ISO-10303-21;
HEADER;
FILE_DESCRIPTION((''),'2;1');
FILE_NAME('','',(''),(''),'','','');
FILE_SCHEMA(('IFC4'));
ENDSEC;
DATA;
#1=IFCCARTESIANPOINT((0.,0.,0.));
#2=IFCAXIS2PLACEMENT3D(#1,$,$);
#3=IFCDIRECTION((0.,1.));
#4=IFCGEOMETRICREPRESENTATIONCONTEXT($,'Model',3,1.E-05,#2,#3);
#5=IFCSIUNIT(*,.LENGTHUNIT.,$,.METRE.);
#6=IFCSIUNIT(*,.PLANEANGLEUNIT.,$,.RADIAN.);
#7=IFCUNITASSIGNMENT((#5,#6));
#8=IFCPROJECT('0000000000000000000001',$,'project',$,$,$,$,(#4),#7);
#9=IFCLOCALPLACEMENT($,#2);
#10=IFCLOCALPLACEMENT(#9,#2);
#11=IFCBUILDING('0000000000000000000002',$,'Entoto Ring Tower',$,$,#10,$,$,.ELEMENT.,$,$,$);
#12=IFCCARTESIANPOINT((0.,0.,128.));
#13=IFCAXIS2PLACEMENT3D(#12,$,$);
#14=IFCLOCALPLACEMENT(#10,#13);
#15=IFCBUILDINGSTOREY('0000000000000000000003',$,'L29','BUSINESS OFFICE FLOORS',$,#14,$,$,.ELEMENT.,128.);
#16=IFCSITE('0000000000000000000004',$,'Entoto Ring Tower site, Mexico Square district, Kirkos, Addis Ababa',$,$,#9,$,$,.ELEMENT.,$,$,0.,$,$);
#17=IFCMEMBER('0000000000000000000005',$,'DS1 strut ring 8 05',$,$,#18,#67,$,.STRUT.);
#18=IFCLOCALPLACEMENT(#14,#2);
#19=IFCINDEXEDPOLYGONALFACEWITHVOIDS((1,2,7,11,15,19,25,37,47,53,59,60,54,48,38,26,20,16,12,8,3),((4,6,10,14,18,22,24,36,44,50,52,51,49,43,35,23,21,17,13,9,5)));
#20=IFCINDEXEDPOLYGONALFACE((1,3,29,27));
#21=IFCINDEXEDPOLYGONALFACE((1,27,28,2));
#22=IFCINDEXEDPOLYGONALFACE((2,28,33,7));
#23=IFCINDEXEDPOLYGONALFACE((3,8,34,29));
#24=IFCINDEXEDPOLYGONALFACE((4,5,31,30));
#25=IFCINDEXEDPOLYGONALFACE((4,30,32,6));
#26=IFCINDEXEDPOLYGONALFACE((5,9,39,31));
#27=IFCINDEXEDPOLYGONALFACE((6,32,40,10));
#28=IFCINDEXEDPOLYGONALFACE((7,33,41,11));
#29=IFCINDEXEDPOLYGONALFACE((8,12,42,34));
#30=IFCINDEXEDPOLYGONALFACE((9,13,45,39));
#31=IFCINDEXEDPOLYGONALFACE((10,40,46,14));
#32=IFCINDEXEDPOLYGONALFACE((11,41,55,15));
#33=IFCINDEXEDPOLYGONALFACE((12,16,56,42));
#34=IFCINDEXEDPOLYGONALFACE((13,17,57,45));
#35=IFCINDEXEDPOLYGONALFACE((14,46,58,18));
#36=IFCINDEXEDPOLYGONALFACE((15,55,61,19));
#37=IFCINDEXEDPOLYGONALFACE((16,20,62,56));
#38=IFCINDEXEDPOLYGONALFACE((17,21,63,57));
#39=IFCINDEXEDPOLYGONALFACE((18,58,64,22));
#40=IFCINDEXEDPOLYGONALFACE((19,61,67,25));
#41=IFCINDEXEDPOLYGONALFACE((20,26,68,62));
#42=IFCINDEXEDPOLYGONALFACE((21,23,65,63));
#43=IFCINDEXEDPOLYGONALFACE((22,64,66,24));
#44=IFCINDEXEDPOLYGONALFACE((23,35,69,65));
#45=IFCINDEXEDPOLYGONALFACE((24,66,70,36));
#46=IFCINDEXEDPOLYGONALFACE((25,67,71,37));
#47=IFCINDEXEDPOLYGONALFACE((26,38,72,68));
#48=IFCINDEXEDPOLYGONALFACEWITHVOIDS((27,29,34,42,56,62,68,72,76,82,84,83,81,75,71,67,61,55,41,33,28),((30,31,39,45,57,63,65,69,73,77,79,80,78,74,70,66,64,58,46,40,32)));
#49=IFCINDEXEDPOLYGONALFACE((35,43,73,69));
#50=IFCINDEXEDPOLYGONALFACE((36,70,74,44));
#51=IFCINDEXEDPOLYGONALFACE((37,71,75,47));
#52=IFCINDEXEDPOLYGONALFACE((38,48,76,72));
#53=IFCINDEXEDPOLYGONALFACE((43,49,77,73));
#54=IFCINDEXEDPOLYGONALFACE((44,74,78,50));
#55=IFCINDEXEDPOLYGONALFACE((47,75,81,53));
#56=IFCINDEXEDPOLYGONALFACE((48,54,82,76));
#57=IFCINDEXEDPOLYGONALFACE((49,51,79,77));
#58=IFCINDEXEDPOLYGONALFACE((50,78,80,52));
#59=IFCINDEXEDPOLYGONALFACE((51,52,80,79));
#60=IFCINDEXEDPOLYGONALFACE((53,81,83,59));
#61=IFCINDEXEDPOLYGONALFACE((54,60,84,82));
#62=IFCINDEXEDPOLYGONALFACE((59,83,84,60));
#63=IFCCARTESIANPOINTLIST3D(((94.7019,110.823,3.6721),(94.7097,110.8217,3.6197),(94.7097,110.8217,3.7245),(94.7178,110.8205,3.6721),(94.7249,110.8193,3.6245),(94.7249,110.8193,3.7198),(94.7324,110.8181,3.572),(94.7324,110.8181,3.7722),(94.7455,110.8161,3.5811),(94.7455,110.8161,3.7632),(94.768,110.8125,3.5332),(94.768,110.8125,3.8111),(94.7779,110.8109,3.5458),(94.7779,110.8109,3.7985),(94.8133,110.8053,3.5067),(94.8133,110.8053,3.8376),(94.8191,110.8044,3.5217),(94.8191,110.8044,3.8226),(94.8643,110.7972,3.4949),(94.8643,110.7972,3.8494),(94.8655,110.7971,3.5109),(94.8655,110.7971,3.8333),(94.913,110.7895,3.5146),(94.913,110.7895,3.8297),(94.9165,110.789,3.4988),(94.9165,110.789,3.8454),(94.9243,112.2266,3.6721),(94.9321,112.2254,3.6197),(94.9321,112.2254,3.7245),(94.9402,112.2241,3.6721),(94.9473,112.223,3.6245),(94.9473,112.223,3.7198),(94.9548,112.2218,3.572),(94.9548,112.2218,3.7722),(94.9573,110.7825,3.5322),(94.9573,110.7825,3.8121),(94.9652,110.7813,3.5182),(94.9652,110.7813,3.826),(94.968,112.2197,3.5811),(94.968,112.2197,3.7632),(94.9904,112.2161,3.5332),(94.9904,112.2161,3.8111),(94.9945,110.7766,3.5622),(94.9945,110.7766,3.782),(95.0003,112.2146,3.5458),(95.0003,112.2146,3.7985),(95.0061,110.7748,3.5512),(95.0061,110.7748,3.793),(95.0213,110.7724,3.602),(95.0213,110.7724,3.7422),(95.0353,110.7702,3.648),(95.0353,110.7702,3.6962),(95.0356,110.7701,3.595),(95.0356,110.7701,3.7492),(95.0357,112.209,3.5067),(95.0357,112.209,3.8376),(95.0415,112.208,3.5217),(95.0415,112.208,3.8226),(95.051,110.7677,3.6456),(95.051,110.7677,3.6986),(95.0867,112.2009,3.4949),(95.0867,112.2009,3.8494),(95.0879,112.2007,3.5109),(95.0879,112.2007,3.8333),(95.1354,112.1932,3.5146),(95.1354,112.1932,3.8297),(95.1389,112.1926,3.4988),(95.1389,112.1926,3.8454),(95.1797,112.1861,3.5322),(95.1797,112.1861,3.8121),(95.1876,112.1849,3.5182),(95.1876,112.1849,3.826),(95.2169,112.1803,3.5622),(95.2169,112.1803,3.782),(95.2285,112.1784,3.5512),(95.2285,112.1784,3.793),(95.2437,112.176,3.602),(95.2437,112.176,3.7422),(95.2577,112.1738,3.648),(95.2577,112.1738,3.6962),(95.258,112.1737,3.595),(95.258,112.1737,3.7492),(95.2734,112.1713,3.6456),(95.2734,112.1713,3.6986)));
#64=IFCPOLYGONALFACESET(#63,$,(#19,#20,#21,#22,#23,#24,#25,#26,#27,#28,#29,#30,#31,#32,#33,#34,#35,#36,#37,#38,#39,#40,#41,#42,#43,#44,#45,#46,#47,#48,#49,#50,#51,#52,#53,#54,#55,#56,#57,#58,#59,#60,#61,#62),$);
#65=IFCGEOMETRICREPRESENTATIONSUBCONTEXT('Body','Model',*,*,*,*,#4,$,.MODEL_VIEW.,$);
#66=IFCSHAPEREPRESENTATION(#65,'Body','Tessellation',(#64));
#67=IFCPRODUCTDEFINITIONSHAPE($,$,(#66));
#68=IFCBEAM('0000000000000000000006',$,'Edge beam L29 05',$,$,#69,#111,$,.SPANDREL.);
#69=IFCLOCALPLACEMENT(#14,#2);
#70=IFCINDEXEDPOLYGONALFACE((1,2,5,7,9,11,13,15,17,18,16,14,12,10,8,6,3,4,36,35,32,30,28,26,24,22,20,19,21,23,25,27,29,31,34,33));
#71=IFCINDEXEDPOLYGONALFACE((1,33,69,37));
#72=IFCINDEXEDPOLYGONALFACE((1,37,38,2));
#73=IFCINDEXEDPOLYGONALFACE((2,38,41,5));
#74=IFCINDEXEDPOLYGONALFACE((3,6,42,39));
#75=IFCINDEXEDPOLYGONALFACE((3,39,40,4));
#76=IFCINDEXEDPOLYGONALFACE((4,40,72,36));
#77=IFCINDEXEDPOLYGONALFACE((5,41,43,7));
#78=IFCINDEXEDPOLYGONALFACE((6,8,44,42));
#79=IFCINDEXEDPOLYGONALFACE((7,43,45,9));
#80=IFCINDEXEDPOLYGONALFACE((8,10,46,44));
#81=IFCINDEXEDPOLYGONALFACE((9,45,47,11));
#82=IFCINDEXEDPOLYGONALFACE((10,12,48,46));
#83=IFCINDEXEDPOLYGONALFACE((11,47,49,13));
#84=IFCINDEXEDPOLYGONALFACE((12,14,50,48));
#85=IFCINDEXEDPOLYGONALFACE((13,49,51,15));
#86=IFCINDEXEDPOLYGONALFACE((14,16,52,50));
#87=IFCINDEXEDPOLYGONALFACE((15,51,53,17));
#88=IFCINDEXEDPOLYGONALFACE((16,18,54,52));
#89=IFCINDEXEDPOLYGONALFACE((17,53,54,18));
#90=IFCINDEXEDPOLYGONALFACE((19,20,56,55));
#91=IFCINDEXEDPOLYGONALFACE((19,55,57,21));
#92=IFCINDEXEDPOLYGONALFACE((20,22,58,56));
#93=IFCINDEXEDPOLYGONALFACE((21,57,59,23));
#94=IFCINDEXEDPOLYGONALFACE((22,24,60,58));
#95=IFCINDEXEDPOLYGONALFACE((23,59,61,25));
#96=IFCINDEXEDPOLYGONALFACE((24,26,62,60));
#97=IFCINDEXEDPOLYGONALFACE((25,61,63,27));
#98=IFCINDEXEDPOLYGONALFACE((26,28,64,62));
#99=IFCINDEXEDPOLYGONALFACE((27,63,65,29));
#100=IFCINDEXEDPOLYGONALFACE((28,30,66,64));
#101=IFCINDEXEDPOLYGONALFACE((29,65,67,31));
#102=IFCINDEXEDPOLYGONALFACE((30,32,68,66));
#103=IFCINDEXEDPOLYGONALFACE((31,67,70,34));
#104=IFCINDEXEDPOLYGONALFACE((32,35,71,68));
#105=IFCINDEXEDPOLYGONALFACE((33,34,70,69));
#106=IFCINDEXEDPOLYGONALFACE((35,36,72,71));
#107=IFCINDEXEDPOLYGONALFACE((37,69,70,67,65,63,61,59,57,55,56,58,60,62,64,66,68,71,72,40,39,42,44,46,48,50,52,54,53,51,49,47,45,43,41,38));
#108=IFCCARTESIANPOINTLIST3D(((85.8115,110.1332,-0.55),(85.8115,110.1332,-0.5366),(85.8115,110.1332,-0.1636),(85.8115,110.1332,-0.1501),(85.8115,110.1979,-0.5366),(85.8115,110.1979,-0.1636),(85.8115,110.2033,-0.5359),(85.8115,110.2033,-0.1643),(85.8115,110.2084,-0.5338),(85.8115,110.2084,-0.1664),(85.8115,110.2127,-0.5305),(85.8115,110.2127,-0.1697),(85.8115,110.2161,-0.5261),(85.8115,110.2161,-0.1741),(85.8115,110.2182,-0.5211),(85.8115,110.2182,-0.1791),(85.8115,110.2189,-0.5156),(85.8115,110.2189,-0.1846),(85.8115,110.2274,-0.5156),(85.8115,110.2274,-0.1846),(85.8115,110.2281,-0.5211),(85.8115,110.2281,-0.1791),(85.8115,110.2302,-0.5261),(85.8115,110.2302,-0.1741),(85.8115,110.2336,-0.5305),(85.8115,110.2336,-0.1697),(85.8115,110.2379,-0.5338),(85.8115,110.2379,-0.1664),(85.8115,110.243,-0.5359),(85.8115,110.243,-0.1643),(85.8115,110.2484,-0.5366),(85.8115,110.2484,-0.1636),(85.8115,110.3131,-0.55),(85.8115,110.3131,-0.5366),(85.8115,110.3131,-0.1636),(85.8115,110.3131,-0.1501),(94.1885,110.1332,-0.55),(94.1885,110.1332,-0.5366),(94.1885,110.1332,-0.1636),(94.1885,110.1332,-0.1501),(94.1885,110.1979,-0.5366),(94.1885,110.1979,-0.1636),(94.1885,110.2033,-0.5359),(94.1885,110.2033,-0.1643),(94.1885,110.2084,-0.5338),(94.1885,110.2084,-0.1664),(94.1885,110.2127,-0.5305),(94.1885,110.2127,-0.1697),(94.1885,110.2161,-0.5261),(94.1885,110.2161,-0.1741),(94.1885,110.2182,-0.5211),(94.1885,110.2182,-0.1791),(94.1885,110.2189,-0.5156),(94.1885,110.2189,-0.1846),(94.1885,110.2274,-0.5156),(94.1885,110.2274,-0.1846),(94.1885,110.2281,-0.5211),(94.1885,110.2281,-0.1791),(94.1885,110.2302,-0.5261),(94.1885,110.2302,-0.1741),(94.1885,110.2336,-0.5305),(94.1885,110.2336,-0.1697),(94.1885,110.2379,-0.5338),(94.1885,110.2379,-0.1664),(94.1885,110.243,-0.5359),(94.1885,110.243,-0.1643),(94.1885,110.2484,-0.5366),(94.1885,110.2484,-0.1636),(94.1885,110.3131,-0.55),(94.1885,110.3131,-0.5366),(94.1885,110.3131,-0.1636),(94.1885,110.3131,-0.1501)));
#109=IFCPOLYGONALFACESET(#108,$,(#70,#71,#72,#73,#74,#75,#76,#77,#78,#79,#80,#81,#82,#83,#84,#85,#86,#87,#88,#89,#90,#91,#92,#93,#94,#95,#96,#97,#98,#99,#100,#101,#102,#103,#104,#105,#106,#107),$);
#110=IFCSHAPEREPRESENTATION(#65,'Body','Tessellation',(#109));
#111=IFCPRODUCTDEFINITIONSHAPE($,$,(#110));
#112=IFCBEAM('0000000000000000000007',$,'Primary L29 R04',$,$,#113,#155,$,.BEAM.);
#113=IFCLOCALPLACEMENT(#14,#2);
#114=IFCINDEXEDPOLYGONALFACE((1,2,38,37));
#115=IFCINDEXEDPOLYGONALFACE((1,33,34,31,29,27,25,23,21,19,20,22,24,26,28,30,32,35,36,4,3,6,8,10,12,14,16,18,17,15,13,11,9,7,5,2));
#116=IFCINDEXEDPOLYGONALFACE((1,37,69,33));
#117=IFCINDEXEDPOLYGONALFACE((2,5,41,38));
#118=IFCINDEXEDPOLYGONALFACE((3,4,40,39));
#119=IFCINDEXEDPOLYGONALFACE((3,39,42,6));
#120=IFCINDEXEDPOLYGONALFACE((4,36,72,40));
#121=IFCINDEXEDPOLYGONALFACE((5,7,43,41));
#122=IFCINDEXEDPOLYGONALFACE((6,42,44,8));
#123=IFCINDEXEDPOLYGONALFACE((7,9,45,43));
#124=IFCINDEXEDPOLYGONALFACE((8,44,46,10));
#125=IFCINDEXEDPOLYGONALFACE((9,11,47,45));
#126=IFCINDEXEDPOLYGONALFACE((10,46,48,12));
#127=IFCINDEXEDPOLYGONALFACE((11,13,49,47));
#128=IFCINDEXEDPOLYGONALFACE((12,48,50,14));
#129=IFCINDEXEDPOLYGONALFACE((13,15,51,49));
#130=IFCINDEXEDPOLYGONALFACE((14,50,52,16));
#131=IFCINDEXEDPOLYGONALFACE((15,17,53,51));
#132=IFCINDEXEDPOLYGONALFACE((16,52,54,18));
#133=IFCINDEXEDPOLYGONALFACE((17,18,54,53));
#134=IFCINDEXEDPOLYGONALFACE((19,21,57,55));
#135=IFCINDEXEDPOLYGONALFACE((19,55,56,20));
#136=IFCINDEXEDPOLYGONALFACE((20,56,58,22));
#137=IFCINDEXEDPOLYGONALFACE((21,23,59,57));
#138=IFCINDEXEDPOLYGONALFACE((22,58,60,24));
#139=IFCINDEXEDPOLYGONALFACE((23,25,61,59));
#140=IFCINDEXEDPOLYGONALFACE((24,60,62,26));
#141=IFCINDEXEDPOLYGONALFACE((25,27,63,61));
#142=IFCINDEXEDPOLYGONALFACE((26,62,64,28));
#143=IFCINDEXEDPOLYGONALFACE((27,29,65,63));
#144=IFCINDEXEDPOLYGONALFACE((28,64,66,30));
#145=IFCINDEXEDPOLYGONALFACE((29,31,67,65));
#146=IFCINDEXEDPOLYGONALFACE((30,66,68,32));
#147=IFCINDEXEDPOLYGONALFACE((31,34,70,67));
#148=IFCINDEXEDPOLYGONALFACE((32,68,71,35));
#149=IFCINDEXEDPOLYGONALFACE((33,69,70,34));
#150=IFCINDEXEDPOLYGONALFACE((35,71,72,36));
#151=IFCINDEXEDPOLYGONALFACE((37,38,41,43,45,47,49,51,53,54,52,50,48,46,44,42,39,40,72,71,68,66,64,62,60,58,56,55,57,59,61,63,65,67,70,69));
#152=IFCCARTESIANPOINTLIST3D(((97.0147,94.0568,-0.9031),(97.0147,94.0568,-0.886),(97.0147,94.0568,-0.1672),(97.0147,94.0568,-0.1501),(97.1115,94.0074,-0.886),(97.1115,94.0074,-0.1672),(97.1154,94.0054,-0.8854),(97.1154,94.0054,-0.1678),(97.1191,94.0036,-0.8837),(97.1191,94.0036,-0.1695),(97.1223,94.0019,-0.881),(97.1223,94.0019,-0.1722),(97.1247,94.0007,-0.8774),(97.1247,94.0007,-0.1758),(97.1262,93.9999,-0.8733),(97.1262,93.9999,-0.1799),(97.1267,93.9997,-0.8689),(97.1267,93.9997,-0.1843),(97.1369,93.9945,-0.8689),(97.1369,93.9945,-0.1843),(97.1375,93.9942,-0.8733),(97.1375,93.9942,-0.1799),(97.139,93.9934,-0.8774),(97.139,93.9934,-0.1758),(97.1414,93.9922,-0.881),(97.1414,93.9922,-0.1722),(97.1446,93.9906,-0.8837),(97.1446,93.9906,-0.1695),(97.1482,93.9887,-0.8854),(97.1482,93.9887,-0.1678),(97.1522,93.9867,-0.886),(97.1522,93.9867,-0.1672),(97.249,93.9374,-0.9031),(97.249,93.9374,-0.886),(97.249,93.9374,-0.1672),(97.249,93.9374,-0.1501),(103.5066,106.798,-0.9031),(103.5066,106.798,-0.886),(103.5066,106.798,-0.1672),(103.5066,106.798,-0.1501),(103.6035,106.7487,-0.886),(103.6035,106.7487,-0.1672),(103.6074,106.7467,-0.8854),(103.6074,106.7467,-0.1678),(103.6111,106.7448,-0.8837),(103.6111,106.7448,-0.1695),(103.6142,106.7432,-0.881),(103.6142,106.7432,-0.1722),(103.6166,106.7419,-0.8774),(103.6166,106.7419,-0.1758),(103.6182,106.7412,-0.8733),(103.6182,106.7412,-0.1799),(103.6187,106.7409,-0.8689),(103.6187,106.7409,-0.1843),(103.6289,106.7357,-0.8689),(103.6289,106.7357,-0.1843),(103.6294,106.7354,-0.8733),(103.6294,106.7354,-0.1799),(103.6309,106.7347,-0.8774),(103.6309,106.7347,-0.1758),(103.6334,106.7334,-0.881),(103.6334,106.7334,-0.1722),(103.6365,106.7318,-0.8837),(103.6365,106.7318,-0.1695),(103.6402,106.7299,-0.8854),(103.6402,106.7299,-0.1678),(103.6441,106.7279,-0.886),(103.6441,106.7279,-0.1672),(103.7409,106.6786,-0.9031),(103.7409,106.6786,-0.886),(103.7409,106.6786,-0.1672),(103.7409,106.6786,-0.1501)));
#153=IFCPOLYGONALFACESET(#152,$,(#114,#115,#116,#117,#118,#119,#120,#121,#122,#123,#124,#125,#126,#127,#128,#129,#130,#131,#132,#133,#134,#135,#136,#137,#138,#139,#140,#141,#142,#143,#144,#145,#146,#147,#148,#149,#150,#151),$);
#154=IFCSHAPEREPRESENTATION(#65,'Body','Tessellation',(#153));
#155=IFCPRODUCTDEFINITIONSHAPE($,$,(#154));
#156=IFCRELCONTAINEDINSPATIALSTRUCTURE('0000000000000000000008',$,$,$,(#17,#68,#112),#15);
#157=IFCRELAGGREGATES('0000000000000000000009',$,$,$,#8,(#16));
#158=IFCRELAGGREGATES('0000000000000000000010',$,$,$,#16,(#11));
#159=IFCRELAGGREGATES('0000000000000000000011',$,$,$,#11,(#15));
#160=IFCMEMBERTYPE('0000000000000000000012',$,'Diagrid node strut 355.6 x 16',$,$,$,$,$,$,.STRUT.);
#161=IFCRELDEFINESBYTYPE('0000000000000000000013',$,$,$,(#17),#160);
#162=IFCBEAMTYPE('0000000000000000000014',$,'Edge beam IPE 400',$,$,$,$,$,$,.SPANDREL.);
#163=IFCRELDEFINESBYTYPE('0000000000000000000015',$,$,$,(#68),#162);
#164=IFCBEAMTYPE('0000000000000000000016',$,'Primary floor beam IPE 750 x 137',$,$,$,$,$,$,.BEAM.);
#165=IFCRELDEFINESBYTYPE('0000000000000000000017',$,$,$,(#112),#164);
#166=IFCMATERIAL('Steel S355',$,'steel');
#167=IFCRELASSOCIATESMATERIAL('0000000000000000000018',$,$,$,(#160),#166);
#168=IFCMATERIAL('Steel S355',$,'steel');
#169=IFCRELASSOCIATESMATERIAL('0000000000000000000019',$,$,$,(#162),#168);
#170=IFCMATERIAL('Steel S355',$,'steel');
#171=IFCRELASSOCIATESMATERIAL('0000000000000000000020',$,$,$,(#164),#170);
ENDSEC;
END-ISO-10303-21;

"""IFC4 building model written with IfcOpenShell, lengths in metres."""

from ifc_helpers import new_model, si_unit, direction, frame, origin, origin_2d, place, context, subcontext, project, spatial, circle, hollow_circle, i_section, extrude, material, material_profile, profile_set, type_object, element, save


model = new_model("IFC4")

# Units and contexts
model_context = context("Model", 3, precision=1e-05, world=origin(), true_north=direction((0.0, 1.0)))
body_context = subcontext(model_context, "Body", "Model", "MODEL_VIEW")
ifc_project = project(units=[si_unit("LENGTHUNIT", "METRE"), si_unit("PLANEANGLEUNIT", "RADIAN")], contexts=[model_context])

# Site, building, storey
site_placement = place(None, origin())
site = spatial("IfcSite", under=ifc_project, at=site_placement, Name="Entoto Ring Tower site, Mexico Square district, Kirkos, Addis Ababa", CompositionType="ELEMENT", RefElevation=0.0)
building_placement = place(site_placement, origin())
building = spatial("IfcBuilding", under=site, at=building_placement, Name="Entoto Ring Tower", CompositionType="ELEMENT")
storey_placement = place(building_placement, frame((0.0, 0.0, 128.0)))
storey = spatial("IfcBuildingStorey", under=building, at=storey_placement, Name="L29", Description="BUSINESS OFFICE FLOORS", CompositionType="ELEMENT", Elevation=128.0)

# Member
ifc_material_1 = material(Name="Steel S355", Category="steel")
ifc_material_profile_1 = material_profile(ifc_material_1, hollow_circle(Radius=0.1777, WallThickness=0.0161, at=origin_2d()), Name="CHS 355.6 x 16")
ifc_material_2 = material(Name="Concrete C60/75", Category="concrete")
ifc_material_profile_2 = material_profile(ifc_material_2, circle(Radius=0.1619, at=origin_2d()), Name="Concrete C60/75 infill")
ifc_profile_set_1 = profile_set([ifc_material_profile_1, ifc_material_profile_2], Name="Steel S355")
member_type = type_object("IfcMemberType", Name="Diagrid node strut 355.6 x 16", PredefinedType="STRUT", material=ifc_profile_set_1)
member_placement = place(storey_placement, frame((94.8774, 110.7952, 3.6721), z_axis=(0.15651, 0.987676, 0.0), x_axis=(-0.987676, 0.15651, 0.0)))
element("IfcMember", 1, at=member_placement, inside=storey, type_object=member_type, Name="DS1 strut ring 8 05", PredefinedType="STRUT", context=body_context, shape_type="SweptSolid", body=[
    extrude(hollow_circle(Radius=0.1777, WallThickness=0.0161, at=origin_2d()), origin(), (0.0, 0.0, 1.0), 1.4211),
])

# Beams
ifc_material_3 = material(Name="Steel S355", Category="steel")
ifc_material_profile_3 = material_profile(ifc_material_3, i_section(OverallWidth=0.1799, OverallDepth=0.3999, WebThickness=0.0085, FlangeThickness=0.0134, FilletRadius=0.021, at=origin_2d()), Name="IPE 400")
ifc_profile_set_2 = profile_set([ifc_material_profile_3], Name="Steel S355")
beam_type_1 = type_object("IfcBeamType", Name="Edge beam IPE 400", PredefinedType="SPANDREL", material=ifc_profile_set_2)
beam_1_placement = place(storey_placement, frame((94.1885, 110.2231, -0.3501), z_axis=(-1.0, 0.0, 0.0), x_axis=(0.0, -1.0, 0.0)))
element("IfcBeam", 2, at=beam_1_placement, inside=storey, type_object=beam_type_1, Name="Edge beam L29 05", PredefinedType="SPANDREL", context=body_context, shape_type="SweptSolid", body=[
    extrude(i_section(OverallWidth=0.1799, OverallDepth=0.3999, WebThickness=0.0085, FlangeThickness=0.0134, FilletRadius=0.021, at=origin_2d()), origin(), (0.0, 0.0, 1.0), 8.377),
])
ifc_material_4 = material(Name="Steel S355", Category="steel")
ifc_material_profile_4 = material_profile(ifc_material_4, i_section(OverallWidth=0.2629, OverallDepth=0.7529, WebThickness=0.0115, FlangeThickness=0.0171, FilletRadius=0.0171, at=origin_2d()), Name="IPE 750 x 137")
ifc_profile_set_3 = profile_set([ifc_material_profile_4], Name="Steel S355")
beam_type_2 = type_object("IfcBeamType", Name="Primary floor beam IPE 750 x 137", PredefinedType="BEAM", material=ifc_profile_set_3)
beam_2_placement = place(storey_placement, frame((97.1318, 93.9971, -0.5266), z_axis=(0.453989, 0.891007, 0.0), x_axis=(-0.891007, 0.453989, 0.0)))
element("IfcBeam", 3, at=beam_2_placement, inside=storey, type_object=beam_type_2, Name="Primary L29 R04", PredefinedType="BEAM", context=body_context, shape_type="SweptSolid", body=[
    extrude(i_section(OverallWidth=0.2629, OverallDepth=0.7529, WebThickness=0.0115, FlangeThickness=0.0171, FilletRadius=0.0171, at=origin_2d()), origin(), (0.0, 0.0, 1.0), 14.2998),
])

save(model, "model.ifc")
